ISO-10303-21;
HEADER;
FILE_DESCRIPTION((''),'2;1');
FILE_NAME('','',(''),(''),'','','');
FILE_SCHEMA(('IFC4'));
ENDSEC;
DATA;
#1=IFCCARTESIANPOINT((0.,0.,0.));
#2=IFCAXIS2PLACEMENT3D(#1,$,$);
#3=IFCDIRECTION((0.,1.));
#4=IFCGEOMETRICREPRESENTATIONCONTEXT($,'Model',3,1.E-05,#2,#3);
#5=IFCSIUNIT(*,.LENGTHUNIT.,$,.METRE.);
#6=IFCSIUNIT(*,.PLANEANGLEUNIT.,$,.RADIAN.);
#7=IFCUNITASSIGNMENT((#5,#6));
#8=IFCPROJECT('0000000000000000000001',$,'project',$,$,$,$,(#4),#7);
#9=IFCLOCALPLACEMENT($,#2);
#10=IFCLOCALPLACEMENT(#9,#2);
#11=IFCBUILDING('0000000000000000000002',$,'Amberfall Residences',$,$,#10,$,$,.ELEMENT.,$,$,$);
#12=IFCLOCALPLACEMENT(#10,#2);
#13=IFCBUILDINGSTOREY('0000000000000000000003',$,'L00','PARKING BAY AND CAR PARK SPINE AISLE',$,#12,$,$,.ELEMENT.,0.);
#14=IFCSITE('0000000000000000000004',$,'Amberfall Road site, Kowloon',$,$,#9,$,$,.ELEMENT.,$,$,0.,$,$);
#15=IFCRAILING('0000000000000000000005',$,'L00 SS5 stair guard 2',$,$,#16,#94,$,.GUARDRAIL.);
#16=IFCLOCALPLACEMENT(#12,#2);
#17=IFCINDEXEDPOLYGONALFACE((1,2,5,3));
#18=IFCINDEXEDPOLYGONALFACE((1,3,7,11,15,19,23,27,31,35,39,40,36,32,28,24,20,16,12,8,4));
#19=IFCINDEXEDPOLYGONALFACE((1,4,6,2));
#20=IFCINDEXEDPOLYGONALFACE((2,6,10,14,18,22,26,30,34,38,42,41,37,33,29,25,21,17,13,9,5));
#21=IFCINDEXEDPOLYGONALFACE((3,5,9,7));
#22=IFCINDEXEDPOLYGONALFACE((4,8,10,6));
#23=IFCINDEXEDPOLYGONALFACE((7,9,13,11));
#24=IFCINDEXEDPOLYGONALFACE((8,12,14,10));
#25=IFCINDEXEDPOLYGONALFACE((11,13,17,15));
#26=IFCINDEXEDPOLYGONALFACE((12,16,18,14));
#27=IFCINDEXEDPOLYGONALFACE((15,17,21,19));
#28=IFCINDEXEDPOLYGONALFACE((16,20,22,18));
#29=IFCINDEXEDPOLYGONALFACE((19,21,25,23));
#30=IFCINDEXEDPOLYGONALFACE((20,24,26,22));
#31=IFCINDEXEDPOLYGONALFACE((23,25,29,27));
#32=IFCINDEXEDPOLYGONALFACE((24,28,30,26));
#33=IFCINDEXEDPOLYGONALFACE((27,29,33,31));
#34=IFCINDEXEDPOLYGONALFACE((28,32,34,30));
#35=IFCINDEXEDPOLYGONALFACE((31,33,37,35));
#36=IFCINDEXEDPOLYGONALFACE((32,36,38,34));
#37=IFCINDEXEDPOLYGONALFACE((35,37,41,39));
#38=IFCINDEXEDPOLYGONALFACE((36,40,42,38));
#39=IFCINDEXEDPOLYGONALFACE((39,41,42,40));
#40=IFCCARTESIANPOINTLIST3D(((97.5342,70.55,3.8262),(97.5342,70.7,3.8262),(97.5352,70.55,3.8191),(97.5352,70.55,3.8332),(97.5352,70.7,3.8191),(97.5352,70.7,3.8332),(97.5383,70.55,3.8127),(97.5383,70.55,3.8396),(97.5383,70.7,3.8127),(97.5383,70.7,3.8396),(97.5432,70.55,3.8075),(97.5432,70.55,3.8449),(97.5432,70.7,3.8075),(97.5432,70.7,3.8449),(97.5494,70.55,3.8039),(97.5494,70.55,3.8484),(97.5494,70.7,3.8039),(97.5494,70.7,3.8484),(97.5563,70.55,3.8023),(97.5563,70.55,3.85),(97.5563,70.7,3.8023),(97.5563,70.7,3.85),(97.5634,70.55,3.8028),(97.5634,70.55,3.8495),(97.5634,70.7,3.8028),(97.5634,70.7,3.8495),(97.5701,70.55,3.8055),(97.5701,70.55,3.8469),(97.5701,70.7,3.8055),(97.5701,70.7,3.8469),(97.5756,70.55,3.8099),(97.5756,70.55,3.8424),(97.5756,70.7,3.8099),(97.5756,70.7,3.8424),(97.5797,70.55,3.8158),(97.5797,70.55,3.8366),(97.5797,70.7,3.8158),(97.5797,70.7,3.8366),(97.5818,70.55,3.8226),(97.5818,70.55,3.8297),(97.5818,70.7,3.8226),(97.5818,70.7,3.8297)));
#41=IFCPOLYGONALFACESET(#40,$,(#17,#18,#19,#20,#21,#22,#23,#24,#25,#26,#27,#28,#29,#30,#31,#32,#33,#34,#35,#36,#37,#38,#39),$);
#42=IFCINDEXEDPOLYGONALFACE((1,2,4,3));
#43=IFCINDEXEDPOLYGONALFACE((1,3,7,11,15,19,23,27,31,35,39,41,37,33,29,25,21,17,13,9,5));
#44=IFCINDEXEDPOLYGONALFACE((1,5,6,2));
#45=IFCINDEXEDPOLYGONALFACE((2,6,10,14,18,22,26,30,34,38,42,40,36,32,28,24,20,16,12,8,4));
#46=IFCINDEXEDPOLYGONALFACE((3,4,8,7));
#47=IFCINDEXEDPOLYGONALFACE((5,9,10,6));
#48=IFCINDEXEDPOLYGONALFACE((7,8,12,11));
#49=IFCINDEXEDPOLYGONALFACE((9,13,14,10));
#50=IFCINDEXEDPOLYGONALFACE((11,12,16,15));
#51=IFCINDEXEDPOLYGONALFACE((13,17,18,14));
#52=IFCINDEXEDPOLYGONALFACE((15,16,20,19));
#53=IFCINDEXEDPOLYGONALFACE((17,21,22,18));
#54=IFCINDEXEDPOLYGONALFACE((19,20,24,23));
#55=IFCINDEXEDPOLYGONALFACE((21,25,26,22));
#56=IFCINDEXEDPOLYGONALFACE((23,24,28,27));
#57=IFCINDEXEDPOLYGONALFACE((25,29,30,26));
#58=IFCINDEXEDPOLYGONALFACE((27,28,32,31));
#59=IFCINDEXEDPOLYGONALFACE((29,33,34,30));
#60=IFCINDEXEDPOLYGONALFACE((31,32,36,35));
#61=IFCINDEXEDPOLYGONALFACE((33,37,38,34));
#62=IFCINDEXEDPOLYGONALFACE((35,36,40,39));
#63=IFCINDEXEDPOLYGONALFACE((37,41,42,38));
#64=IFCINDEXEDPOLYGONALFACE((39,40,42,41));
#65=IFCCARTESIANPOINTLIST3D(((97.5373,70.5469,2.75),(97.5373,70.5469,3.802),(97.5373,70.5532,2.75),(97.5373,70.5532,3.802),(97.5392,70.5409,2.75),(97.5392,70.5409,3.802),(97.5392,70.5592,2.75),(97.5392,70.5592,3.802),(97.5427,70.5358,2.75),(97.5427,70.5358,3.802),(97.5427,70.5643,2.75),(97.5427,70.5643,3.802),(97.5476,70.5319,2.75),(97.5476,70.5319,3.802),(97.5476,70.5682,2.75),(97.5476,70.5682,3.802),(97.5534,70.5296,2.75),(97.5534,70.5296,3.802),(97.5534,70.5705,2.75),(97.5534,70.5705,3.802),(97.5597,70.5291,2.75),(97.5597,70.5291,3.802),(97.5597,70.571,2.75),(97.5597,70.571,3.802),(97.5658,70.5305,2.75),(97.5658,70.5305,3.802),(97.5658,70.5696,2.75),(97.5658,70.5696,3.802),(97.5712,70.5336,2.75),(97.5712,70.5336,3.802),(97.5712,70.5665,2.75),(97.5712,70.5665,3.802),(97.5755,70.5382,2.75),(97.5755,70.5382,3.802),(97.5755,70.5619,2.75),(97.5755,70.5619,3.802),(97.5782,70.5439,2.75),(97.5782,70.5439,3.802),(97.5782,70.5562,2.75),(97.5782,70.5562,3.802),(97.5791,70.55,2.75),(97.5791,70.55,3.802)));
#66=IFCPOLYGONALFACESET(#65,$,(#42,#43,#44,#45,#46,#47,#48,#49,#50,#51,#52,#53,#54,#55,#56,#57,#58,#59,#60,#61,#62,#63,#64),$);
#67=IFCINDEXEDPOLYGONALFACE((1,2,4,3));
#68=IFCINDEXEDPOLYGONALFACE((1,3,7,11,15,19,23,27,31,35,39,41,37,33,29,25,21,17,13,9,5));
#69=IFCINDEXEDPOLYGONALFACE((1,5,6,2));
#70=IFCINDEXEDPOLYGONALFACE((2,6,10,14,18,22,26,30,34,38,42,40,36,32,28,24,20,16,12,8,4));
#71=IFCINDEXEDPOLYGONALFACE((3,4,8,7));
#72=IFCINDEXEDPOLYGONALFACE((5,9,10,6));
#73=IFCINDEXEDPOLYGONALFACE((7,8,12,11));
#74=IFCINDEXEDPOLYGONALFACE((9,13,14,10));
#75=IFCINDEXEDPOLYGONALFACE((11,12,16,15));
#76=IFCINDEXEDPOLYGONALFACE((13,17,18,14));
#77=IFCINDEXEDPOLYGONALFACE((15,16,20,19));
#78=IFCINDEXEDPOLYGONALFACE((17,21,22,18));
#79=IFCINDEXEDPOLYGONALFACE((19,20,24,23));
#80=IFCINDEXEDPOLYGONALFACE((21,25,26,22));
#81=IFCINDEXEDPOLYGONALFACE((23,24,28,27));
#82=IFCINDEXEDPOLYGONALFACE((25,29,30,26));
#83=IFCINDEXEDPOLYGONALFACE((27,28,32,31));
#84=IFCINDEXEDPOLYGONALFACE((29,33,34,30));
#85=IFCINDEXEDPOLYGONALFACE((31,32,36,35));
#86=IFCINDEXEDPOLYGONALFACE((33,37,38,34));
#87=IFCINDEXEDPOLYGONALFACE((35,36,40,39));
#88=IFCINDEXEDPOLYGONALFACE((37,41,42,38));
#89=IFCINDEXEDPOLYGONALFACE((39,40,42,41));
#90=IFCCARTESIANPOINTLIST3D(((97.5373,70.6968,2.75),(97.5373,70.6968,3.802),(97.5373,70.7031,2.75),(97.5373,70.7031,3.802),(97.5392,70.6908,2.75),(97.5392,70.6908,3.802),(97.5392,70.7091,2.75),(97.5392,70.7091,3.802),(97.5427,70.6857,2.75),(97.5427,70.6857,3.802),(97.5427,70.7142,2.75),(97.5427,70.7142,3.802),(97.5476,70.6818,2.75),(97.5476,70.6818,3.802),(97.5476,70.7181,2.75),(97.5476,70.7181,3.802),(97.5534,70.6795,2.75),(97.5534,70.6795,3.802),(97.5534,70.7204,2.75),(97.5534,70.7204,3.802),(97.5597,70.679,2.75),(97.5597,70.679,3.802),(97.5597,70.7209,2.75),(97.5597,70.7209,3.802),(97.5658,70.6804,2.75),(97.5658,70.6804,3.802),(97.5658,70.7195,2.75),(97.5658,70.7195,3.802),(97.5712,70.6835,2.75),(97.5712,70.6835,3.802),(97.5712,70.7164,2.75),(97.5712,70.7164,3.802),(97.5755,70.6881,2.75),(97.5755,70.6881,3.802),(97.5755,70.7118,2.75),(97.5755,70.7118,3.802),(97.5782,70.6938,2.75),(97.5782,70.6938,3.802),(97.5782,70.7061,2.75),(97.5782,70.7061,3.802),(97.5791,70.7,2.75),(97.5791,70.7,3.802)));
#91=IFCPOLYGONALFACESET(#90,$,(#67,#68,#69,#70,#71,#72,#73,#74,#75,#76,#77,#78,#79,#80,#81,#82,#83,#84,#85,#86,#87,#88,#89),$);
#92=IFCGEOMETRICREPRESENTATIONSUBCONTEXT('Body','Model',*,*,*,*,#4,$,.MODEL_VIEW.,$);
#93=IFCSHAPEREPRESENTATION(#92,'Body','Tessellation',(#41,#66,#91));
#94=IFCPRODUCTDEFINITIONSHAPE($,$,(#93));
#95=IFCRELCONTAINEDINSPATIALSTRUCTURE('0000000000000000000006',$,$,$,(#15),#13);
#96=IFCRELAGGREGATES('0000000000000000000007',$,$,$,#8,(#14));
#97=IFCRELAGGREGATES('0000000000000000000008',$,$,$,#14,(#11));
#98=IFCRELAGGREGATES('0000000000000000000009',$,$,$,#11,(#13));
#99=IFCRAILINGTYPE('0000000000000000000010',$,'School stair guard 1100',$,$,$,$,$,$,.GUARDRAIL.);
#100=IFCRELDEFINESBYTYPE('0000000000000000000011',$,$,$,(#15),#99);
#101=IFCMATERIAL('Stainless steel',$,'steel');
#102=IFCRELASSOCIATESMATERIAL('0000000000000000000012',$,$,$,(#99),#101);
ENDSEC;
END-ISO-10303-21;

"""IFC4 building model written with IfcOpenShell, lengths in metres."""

from ifc_helpers import new_model, si_unit, direction, frame, origin, origin_2d, place, context, subcontext, project, spatial, circle, extrude, material, type_object, element, save


model = new_model("IFC4")

# Units and contexts
model_context = context("Model", 3, precision=1e-05, world=origin(), true_north=direction((0.0, 1.0)))
body_context = subcontext(model_context, "Body", "Model", "MODEL_VIEW")
ifc_project = project(units=[si_unit("LENGTHUNIT", "METRE"), si_unit("PLANEANGLEUNIT", "RADIAN")], contexts=[model_context])

# Site, building, storey
site_placement = place(None, origin())
site = spatial("IfcSite", under=ifc_project, at=site_placement, Name="Amberfall Road site, Kowloon", CompositionType="ELEMENT", RefElevation=0.0)
building_placement = place(site_placement, origin())
building = spatial("IfcBuilding", under=site, at=building_placement, Name="Amberfall Residences", CompositionType="ELEMENT")
storey_placement = place(building_placement, origin())
storey = spatial("IfcBuildingStorey", under=building, at=storey_placement, Name="L00", Description="PARKING BAY AND CAR PARK SPINE AISLE", CompositionType="ELEMENT", Elevation=0.0)

# Railing
ifc_material_1 = material(Name="Stainless steel", Category="steel")
railing_type_1 = type_object("IfcRailingType", Name="School stair guard 1100", PredefinedType="GUARDRAIL", material=ifc_material_1)
railing_1_placement = place(storey_placement, frame((97.5581, 70.55, 2.75)))
element("IfcRailing", 1, at=railing_1_placement, inside=storey, type_object=railing_type_1, Name="L00 SS5 stair guard 2", PredefinedType="GUARDRAIL", context=body_context, shape_type="SweptSolid", body=[
    extrude(circle(Radius=0.0239, at=origin_2d()), frame((0.0, 0.0, 1.0762), z_axis=(0.0, 1.0, 0.0), x_axis=(-1.0, 0.0, 0.0)), (0.0, 0.0, 1.0), 0.1499),
    extrude(circle(Radius=0.021, at=origin_2d()), origin(), (0.0, 0.0, 1.0), 1.052),
    extrude(circle(Radius=0.021, at=origin_2d()), frame((0.0, 0.1499, 0.0)), (0.0, 0.0, 1.0), 1.052),
])

save(model, "model.ifc")
